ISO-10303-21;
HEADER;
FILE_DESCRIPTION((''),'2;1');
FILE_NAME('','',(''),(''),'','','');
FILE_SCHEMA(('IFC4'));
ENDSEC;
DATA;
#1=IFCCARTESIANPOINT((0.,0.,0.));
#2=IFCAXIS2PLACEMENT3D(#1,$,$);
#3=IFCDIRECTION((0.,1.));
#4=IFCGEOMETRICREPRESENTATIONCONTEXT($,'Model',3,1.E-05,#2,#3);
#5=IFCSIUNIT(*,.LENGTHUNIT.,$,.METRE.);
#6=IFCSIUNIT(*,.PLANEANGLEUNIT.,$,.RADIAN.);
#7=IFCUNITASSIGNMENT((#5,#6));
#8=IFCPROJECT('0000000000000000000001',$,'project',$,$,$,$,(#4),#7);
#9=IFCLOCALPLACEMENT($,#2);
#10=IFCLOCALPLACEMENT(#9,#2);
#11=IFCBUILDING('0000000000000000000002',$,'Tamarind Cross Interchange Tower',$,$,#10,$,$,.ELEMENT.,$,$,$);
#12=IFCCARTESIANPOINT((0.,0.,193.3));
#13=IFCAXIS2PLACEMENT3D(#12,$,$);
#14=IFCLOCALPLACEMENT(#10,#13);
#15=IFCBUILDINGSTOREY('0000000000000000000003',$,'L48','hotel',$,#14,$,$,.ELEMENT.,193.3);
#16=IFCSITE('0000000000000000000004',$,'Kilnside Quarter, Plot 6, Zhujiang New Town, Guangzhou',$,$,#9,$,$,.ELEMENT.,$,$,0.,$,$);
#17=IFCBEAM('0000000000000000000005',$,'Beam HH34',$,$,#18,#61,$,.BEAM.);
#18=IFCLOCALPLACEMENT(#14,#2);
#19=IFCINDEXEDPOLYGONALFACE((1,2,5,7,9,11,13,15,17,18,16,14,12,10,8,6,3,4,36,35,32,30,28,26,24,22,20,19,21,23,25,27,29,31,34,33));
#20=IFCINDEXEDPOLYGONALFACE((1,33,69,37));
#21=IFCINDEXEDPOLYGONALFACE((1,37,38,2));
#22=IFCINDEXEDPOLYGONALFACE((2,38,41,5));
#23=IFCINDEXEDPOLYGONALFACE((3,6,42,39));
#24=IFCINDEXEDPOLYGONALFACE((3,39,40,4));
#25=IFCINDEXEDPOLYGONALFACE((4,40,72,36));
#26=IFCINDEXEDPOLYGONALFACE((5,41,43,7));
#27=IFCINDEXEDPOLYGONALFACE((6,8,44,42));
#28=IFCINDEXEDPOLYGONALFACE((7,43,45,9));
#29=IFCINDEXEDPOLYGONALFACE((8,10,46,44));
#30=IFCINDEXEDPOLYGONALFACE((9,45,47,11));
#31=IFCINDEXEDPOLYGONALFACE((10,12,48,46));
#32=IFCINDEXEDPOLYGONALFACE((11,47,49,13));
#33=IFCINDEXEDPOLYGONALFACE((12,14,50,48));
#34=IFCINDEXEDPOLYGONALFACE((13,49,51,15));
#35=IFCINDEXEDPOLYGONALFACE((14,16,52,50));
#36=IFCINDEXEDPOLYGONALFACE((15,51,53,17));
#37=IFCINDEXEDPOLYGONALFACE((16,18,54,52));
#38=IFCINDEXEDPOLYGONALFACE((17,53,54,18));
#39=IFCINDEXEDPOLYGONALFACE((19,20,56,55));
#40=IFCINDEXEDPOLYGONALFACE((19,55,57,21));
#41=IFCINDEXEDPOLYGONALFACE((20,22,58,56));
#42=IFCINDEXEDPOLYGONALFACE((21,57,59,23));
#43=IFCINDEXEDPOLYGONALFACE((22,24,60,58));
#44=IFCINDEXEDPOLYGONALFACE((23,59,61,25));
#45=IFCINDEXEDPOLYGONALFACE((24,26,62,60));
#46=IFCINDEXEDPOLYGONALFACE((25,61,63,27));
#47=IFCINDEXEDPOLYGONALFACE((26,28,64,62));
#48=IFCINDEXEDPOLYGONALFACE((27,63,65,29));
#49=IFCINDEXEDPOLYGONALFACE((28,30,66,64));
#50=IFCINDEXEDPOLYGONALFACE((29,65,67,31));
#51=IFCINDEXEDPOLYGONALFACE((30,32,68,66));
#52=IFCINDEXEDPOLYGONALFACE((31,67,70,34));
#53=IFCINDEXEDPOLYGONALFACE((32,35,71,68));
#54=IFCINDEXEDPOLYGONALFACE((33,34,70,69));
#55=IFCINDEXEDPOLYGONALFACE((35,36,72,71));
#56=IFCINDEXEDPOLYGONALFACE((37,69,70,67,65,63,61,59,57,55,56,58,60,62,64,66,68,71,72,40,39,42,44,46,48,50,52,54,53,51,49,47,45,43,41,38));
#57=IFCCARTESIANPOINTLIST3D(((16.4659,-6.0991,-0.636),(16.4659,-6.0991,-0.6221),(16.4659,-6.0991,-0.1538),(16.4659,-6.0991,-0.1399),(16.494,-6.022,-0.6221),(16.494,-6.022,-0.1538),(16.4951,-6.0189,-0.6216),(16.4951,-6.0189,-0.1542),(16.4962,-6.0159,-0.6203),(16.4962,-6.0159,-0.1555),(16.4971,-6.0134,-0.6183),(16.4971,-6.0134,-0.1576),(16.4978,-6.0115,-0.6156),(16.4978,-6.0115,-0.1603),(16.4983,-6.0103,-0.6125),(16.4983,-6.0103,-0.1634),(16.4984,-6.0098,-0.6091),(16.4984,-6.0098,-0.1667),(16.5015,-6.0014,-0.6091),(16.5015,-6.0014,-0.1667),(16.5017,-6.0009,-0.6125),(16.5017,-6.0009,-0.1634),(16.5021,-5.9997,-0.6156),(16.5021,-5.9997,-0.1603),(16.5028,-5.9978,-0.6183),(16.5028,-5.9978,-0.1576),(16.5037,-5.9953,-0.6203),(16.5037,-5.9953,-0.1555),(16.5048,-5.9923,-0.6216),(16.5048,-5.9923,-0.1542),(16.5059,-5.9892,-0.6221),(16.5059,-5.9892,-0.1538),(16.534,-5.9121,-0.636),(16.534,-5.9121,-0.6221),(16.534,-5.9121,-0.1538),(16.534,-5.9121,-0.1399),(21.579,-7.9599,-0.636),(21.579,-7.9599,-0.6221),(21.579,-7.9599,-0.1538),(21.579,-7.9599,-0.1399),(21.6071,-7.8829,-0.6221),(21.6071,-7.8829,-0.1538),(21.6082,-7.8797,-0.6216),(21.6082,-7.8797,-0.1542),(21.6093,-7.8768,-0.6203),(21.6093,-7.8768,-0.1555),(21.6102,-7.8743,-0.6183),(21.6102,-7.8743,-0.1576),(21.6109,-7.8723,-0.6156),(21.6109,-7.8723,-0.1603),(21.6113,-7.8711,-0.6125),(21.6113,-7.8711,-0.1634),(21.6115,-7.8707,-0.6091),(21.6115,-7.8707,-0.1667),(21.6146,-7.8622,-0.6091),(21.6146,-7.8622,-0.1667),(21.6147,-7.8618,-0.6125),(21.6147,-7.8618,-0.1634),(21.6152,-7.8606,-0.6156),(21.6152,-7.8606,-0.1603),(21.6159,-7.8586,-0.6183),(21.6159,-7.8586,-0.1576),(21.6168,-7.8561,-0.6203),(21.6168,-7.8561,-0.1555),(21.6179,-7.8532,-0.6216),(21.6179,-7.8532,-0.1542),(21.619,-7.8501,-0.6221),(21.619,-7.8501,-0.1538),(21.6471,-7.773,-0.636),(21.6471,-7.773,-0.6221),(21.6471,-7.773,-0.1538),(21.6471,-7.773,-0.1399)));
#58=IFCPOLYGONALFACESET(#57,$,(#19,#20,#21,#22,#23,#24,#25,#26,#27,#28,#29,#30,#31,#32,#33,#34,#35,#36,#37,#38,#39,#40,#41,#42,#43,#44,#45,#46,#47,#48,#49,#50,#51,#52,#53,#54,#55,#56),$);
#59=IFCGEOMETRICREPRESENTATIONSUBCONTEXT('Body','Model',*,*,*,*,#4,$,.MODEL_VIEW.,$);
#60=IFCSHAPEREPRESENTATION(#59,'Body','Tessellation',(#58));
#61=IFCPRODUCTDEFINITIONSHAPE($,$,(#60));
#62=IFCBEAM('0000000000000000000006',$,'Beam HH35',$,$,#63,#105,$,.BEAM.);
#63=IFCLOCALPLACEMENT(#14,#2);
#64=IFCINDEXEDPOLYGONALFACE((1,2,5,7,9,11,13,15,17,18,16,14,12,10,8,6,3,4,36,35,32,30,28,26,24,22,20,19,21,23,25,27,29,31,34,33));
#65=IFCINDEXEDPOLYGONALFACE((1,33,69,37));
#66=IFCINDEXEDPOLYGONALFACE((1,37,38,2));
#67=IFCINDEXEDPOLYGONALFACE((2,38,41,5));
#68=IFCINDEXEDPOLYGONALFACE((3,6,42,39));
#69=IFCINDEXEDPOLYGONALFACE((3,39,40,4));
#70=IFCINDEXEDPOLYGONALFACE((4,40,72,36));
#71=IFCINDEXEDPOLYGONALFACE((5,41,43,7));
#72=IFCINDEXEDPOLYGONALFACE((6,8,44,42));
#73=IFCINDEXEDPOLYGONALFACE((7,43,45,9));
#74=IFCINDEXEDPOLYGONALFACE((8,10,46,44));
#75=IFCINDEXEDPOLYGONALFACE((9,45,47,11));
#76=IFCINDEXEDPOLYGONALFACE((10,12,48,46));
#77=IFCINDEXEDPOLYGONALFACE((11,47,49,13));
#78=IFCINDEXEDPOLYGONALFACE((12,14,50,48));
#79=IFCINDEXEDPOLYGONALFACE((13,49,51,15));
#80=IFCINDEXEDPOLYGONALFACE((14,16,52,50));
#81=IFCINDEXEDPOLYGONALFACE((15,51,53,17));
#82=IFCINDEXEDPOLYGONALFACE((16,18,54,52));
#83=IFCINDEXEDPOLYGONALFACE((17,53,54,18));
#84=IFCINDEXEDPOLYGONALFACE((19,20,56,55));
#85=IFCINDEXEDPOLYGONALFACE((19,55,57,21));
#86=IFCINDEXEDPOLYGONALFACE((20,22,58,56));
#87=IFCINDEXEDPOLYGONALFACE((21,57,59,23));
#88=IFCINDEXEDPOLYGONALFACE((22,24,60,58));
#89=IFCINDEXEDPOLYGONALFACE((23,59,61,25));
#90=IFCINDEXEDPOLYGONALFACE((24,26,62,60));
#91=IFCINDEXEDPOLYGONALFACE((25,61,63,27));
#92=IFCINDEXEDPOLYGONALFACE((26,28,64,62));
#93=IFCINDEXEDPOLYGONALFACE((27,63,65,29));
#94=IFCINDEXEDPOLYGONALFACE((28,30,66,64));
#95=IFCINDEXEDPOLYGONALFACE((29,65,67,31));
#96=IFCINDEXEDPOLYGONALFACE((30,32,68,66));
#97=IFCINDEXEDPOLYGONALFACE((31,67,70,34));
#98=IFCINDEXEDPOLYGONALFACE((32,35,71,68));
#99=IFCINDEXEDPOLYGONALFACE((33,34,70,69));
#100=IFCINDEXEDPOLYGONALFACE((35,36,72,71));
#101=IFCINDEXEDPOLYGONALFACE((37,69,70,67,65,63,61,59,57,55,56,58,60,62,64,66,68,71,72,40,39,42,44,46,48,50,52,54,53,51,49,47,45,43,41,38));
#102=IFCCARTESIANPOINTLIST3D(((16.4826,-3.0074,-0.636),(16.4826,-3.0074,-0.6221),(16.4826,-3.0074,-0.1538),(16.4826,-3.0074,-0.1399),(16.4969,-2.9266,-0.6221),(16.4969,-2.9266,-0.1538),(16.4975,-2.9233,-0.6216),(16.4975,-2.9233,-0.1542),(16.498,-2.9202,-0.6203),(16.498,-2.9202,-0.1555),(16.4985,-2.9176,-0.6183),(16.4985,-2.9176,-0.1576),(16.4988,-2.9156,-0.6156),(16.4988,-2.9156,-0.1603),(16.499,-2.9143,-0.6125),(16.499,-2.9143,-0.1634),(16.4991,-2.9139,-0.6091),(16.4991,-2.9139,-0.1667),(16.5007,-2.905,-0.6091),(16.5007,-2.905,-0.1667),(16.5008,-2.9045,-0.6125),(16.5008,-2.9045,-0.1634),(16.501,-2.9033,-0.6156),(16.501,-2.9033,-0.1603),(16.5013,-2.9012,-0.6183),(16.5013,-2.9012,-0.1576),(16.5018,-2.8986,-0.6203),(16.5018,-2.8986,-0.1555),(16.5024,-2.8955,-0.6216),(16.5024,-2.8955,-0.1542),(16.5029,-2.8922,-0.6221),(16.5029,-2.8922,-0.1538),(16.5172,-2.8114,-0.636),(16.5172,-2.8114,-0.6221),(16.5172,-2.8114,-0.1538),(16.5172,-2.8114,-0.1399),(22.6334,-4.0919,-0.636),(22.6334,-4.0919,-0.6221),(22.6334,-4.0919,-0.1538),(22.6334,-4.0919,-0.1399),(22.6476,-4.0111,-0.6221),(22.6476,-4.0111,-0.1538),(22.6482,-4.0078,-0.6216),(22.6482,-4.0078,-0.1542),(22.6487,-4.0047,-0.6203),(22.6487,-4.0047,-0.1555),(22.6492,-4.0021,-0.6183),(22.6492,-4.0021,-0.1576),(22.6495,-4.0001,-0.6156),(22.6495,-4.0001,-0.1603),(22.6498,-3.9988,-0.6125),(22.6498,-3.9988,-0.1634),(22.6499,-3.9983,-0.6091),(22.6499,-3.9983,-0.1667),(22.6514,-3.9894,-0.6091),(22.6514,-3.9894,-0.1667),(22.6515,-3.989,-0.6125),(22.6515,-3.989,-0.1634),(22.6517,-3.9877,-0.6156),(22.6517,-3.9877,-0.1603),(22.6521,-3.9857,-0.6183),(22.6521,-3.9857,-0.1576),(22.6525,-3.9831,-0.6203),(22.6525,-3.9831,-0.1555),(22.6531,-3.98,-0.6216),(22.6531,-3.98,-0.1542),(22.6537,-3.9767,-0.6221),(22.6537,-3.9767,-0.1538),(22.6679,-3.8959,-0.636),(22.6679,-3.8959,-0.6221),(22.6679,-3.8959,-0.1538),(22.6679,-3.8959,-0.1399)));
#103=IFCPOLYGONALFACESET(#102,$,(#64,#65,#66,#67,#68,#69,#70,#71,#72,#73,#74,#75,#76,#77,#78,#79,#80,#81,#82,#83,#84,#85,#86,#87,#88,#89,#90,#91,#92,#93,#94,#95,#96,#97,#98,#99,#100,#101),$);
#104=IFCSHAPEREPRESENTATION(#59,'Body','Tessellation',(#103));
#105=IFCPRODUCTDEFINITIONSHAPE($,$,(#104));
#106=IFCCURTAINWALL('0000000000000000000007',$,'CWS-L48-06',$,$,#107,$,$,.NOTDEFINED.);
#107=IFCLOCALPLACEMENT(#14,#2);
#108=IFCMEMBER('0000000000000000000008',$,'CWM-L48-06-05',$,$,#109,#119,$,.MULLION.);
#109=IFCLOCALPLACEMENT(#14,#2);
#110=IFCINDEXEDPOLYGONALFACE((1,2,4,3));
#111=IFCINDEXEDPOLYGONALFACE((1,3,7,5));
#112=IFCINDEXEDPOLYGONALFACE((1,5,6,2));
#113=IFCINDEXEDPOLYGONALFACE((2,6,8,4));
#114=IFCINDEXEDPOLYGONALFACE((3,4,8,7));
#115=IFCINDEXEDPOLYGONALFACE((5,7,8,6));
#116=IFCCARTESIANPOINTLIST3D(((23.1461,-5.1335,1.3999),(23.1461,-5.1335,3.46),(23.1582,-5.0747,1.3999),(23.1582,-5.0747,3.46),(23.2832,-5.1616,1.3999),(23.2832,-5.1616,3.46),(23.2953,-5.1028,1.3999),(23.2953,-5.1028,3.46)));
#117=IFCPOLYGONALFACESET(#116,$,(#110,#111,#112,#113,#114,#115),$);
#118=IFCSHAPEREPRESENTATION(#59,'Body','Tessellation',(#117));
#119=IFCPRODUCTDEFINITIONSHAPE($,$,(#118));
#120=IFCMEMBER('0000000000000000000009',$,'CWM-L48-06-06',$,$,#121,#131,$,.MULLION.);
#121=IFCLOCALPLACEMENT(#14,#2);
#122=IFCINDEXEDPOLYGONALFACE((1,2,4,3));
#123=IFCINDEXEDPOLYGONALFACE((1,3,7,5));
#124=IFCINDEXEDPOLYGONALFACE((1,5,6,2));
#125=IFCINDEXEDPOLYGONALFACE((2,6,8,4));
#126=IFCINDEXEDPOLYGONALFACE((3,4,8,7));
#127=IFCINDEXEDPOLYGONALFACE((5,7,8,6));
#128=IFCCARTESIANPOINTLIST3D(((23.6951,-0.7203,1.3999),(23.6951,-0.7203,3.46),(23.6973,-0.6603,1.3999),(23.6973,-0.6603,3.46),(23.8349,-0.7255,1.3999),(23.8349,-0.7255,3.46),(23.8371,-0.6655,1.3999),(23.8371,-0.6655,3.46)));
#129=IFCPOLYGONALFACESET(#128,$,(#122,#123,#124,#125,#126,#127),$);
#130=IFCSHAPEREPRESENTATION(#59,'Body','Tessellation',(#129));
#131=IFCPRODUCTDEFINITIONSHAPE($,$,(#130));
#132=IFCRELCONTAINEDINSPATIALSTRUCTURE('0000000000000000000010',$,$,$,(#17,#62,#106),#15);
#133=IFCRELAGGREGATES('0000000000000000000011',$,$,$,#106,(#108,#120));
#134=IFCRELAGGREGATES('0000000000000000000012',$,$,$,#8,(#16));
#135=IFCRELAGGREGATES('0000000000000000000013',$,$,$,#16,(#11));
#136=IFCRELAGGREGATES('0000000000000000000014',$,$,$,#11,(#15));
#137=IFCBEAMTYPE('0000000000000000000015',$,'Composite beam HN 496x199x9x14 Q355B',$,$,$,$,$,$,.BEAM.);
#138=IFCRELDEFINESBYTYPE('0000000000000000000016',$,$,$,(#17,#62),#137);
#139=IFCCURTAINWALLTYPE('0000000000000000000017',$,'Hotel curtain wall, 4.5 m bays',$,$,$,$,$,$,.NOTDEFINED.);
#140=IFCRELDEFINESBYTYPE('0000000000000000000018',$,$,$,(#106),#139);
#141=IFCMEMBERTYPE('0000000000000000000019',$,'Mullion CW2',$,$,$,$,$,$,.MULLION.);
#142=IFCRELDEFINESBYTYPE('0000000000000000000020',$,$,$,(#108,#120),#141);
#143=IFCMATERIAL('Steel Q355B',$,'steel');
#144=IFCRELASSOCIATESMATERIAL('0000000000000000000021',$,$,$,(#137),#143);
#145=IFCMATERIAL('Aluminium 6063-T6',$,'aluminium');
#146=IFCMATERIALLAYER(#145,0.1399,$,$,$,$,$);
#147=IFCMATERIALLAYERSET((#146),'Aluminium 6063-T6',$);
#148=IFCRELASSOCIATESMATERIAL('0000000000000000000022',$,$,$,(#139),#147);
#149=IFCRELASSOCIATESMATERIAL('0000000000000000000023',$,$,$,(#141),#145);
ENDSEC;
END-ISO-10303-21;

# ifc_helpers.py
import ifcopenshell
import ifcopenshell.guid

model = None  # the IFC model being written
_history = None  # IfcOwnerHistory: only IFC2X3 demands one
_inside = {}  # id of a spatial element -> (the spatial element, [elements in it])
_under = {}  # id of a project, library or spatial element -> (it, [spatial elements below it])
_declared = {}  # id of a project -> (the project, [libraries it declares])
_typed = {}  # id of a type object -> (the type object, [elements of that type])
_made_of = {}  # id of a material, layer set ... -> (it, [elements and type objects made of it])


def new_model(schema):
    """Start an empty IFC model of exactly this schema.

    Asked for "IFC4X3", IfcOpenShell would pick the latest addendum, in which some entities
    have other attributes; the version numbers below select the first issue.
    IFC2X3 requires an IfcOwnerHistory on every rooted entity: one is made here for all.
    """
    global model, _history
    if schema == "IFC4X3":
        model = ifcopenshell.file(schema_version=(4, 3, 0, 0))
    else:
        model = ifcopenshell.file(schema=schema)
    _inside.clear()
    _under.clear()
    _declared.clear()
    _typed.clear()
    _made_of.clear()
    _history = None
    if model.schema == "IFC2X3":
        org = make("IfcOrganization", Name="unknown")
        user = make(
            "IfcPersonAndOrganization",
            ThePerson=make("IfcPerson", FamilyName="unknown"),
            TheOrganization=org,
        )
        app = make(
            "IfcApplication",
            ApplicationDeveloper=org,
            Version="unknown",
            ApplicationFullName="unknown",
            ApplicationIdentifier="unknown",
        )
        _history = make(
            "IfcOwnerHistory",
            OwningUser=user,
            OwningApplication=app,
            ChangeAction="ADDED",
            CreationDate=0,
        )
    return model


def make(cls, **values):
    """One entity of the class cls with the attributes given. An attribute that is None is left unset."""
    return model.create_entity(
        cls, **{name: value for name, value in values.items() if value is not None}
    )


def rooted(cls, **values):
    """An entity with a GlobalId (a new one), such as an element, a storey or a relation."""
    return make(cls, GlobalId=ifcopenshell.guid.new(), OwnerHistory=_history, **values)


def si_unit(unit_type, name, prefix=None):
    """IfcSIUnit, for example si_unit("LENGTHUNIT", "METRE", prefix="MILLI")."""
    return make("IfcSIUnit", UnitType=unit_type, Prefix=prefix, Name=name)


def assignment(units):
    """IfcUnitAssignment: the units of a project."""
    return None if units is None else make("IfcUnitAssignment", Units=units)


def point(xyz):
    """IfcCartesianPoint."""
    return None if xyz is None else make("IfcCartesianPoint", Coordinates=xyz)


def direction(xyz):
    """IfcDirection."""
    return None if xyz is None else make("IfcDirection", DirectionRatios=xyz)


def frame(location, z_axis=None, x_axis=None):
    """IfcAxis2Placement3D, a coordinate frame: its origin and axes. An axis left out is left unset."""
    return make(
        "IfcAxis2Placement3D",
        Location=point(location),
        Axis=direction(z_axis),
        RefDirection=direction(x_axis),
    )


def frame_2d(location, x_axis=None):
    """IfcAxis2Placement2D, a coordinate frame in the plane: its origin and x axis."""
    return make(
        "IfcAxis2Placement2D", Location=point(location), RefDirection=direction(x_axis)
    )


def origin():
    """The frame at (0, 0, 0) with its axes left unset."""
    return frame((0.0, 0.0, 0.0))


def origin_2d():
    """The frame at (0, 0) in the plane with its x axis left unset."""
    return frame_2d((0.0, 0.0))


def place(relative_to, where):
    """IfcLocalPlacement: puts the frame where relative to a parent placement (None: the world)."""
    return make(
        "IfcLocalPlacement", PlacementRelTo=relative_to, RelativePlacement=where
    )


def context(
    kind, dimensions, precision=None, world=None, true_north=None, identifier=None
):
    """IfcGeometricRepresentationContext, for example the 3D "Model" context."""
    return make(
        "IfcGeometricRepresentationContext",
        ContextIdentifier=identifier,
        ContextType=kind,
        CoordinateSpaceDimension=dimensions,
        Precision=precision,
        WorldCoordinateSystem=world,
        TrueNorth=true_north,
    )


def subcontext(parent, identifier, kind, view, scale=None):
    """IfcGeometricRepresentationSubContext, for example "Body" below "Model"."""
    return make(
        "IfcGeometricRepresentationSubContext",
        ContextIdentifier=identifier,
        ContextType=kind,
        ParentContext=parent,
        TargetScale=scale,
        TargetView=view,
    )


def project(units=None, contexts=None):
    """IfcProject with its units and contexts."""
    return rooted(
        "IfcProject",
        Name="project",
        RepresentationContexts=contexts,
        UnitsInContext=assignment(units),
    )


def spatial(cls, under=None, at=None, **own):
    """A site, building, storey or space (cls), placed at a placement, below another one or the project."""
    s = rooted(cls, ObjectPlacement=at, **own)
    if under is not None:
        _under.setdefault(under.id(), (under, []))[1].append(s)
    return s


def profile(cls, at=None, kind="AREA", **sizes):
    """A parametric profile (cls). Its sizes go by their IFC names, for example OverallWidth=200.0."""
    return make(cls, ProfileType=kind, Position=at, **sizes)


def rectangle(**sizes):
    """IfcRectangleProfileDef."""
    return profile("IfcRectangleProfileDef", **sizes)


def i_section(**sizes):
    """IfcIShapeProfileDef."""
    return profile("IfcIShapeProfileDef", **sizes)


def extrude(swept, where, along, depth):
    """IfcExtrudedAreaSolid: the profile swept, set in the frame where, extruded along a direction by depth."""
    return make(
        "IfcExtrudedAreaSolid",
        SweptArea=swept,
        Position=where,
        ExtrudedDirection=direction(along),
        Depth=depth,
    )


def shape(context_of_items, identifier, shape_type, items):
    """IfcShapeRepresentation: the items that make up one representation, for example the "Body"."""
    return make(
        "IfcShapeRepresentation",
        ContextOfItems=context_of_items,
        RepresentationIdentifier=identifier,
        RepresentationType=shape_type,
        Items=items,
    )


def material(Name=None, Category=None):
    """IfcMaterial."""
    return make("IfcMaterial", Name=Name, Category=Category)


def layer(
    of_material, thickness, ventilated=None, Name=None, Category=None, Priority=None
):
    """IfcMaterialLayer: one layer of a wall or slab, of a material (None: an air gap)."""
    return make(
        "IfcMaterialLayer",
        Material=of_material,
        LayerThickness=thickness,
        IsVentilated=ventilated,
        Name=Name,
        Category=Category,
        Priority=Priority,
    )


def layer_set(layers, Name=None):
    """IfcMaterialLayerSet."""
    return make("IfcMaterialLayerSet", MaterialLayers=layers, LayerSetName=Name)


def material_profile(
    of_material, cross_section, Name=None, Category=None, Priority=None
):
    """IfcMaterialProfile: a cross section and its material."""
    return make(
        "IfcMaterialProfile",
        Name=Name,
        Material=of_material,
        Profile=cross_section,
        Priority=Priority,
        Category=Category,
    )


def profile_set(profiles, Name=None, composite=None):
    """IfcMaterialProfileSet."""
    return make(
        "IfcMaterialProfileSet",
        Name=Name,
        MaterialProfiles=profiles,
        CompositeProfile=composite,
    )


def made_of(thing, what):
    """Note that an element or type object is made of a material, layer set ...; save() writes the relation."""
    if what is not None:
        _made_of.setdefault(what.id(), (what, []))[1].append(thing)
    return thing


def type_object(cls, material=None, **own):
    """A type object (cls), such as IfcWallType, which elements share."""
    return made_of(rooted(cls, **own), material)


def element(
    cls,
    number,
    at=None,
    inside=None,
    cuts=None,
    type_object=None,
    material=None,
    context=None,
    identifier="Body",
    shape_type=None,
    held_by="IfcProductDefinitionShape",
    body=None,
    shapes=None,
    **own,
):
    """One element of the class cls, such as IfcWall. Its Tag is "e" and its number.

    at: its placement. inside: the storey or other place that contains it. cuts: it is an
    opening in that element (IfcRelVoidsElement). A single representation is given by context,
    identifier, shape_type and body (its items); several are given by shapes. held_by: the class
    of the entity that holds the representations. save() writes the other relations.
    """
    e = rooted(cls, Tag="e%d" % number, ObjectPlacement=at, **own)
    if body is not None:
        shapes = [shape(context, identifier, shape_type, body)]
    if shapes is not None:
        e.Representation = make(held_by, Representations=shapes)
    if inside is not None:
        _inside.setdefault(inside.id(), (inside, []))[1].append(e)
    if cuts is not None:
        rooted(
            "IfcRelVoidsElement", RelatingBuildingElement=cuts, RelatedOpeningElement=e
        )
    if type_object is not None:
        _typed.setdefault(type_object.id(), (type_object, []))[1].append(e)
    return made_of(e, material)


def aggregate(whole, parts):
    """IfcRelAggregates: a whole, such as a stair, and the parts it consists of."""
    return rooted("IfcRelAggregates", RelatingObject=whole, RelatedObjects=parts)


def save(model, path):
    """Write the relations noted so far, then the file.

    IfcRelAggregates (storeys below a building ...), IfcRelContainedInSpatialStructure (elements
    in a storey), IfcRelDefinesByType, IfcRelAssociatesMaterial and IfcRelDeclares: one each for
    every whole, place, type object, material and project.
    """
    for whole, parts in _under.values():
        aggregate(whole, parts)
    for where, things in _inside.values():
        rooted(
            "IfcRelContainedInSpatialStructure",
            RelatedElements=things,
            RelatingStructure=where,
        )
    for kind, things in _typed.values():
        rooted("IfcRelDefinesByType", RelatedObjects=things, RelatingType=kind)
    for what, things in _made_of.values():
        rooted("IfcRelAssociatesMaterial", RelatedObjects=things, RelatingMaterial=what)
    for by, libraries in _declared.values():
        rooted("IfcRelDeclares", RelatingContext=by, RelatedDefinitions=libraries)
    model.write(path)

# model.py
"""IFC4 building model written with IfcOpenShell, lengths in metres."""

from ifc_helpers import new_model, si_unit, direction, frame, origin, origin_2d, place, context, subcontext, project, spatial, rectangle, i_section, extrude, material, layer, layer_set, material_profile, profile_set, type_object, element, aggregate, save


model = new_model("IFC4")

# Units and contexts
model_context = context("Model", 3, precision=1e-05, world=origin(), true_north=direction((0.0, 1.0)))
body_context = subcontext(model_context, "Body", "Model", "MODEL_VIEW")
ifc_project = project(units=[si_unit("LENGTHUNIT", "METRE"), si_unit("PLANEANGLEUNIT", "RADIAN")], contexts=[model_context])

# Site, building, storey
site_placement = place(None, origin())
site = spatial("IfcSite", under=ifc_project, at=site_placement, Name="Kilnside Quarter, Plot 6, Zhujiang New Town, Guangzhou", CompositionType="ELEMENT", RefElevation=0.0)
building_placement = place(site_placement, origin())
building = spatial("IfcBuilding", under=site, at=building_placement, Name="Tamarind Cross Interchange Tower", CompositionType="ELEMENT")
storey_placement = place(building_placement, frame((0.0, 0.0, 193.3)))
storey = spatial("IfcBuildingStorey", under=building, at=storey_placement, Name="L48", Description="hotel", CompositionType="ELEMENT", Elevation=193.3)

# Beams
ifc_material_1 = material(Name="Steel Q355B", Category="steel")
ifc_material_profile_1 = material_profile(ifc_material_1, i_section(OverallWidth=0.199, OverallDepth=0.4961, WebThickness=0.009, FlangeThickness=0.0139, FilletRadius=0.0129, at=origin_2d()), Name="HN 496x199x9x14")
ifc_profile_set_1 = profile_set([ifc_material_profile_1], Name="Steel Q355B")
beam_type = type_object("IfcBeamType", Name="Composite beam HN 496x199x9x14 Q355B", PredefinedType="BEAM", material=ifc_profile_set_1)
beam_1_placement = place(storey_placement, frame((21.613, -7.8665, -0.3879), z_axis=(-0.939702, 0.341995, 0.0), x_axis=(-0.341995, -0.939702, 0.0)))
element("IfcBeam", 1, at=beam_1_placement, inside=storey, type_object=beam_type, Name="Beam HH34", PredefinedType="BEAM", context=body_context, shape_type="SweptSolid", body=[
    extrude(i_section(OverallWidth=0.199, OverallDepth=0.4961, WebThickness=0.009, FlangeThickness=0.0139, FilletRadius=0.0129, at=origin_2d()), origin(), (0.0, 0.0, 1.0), 5.4412),
])
beam_2_placement = place(storey_placement, frame((22.6506, -3.9939, -0.3879), z_axis=(-0.984809, 0.17364, 0.0), x_axis=(-0.17364, -0.984809, 0.0)))
element("IfcBeam", 2, at=beam_2_placement, inside=storey, type_object=beam_type, Name="Beam HH35", PredefinedType="BEAM", context=body_context, shape_type="SweptSolid", body=[
    extrude(i_section(OverallWidth=0.199, OverallDepth=0.4961, WebThickness=0.009, FlangeThickness=0.0139, FilletRadius=0.0129, at=origin_2d()), origin(), (0.0, 0.0, 1.0), 6.2456),
])

# Curtain wall, members
ifc_material_2 = material(Name="Aluminium 6063-T6", Category="aluminium")
ifc_layer_1 = layer(ifc_material_2, 0.1399)
ifc_layer_set_1 = layer_set([ifc_layer_1], Name="Aluminium 6063-T6")
curtain_wall_type = type_object("IfcCurtainWallType", Name="Hotel curtain wall, 4.5 m bays", PredefinedType="NOTDEFINED", material=ifc_layer_set_1)
curtain_wall_placement = place(storey_placement, origin())
curtain_wall = element("IfcCurtainWall", 3, at=curtain_wall_placement, inside=storey, type_object=curtain_wall_type, Name="CWS-L48-06", PredefinedType="NOTDEFINED")
ifc_material_profile_2 = material_profile(ifc_material_2, rectangle(XDim=0.0601, YDim=0.1399, at=origin_2d()), Name="Mullion CW2")
ifc_profile_set_2 = profile_set([ifc_material_profile_2], Name="Aluminium 6063-T6")
member_type = type_object("IfcMemberType", Name="Mullion CW2", PredefinedType="MULLION", material=ifc_profile_set_2)
member_1_placement = place(storey_placement, frame((23.2207, -5.1182, 1.3999), z_axis=(0.0, 0.0, 1.0), x_axis=(0.201001, 0.979591, 0.0)))
member_1 = element("IfcMember", 4, at=member_1_placement, type_object=member_type, Name="CWM-L48-06-05", PredefinedType="MULLION", context=body_context, shape_type="SweptSolid", body=[
    extrude(rectangle(XDim=0.0601, YDim=0.1399, at=origin_2d()), origin(), (0.0, 0.0, 1.0), 2.0601),
])
member_2_placement = place(storey_placement, frame((23.7661, -0.6929, 1.3999), z_axis=(0.0, 0.0, 1.0), x_axis=(0.037025, 0.999314, 0.0)))
member_2 = element("IfcMember", 5, at=member_2_placement, type_object=member_type, Name="CWM-L48-06-06", PredefinedType="MULLION", context=body_context, shape_type="SweptSolid", body=[
    extrude(rectangle(XDim=0.0601, YDim=0.1399, at=origin_2d()), origin(), (0.0, 0.0, 1.0), 2.0601),
])
aggregate(curtain_wall, [member_1, member_2])

save(model, "model.ifc")
